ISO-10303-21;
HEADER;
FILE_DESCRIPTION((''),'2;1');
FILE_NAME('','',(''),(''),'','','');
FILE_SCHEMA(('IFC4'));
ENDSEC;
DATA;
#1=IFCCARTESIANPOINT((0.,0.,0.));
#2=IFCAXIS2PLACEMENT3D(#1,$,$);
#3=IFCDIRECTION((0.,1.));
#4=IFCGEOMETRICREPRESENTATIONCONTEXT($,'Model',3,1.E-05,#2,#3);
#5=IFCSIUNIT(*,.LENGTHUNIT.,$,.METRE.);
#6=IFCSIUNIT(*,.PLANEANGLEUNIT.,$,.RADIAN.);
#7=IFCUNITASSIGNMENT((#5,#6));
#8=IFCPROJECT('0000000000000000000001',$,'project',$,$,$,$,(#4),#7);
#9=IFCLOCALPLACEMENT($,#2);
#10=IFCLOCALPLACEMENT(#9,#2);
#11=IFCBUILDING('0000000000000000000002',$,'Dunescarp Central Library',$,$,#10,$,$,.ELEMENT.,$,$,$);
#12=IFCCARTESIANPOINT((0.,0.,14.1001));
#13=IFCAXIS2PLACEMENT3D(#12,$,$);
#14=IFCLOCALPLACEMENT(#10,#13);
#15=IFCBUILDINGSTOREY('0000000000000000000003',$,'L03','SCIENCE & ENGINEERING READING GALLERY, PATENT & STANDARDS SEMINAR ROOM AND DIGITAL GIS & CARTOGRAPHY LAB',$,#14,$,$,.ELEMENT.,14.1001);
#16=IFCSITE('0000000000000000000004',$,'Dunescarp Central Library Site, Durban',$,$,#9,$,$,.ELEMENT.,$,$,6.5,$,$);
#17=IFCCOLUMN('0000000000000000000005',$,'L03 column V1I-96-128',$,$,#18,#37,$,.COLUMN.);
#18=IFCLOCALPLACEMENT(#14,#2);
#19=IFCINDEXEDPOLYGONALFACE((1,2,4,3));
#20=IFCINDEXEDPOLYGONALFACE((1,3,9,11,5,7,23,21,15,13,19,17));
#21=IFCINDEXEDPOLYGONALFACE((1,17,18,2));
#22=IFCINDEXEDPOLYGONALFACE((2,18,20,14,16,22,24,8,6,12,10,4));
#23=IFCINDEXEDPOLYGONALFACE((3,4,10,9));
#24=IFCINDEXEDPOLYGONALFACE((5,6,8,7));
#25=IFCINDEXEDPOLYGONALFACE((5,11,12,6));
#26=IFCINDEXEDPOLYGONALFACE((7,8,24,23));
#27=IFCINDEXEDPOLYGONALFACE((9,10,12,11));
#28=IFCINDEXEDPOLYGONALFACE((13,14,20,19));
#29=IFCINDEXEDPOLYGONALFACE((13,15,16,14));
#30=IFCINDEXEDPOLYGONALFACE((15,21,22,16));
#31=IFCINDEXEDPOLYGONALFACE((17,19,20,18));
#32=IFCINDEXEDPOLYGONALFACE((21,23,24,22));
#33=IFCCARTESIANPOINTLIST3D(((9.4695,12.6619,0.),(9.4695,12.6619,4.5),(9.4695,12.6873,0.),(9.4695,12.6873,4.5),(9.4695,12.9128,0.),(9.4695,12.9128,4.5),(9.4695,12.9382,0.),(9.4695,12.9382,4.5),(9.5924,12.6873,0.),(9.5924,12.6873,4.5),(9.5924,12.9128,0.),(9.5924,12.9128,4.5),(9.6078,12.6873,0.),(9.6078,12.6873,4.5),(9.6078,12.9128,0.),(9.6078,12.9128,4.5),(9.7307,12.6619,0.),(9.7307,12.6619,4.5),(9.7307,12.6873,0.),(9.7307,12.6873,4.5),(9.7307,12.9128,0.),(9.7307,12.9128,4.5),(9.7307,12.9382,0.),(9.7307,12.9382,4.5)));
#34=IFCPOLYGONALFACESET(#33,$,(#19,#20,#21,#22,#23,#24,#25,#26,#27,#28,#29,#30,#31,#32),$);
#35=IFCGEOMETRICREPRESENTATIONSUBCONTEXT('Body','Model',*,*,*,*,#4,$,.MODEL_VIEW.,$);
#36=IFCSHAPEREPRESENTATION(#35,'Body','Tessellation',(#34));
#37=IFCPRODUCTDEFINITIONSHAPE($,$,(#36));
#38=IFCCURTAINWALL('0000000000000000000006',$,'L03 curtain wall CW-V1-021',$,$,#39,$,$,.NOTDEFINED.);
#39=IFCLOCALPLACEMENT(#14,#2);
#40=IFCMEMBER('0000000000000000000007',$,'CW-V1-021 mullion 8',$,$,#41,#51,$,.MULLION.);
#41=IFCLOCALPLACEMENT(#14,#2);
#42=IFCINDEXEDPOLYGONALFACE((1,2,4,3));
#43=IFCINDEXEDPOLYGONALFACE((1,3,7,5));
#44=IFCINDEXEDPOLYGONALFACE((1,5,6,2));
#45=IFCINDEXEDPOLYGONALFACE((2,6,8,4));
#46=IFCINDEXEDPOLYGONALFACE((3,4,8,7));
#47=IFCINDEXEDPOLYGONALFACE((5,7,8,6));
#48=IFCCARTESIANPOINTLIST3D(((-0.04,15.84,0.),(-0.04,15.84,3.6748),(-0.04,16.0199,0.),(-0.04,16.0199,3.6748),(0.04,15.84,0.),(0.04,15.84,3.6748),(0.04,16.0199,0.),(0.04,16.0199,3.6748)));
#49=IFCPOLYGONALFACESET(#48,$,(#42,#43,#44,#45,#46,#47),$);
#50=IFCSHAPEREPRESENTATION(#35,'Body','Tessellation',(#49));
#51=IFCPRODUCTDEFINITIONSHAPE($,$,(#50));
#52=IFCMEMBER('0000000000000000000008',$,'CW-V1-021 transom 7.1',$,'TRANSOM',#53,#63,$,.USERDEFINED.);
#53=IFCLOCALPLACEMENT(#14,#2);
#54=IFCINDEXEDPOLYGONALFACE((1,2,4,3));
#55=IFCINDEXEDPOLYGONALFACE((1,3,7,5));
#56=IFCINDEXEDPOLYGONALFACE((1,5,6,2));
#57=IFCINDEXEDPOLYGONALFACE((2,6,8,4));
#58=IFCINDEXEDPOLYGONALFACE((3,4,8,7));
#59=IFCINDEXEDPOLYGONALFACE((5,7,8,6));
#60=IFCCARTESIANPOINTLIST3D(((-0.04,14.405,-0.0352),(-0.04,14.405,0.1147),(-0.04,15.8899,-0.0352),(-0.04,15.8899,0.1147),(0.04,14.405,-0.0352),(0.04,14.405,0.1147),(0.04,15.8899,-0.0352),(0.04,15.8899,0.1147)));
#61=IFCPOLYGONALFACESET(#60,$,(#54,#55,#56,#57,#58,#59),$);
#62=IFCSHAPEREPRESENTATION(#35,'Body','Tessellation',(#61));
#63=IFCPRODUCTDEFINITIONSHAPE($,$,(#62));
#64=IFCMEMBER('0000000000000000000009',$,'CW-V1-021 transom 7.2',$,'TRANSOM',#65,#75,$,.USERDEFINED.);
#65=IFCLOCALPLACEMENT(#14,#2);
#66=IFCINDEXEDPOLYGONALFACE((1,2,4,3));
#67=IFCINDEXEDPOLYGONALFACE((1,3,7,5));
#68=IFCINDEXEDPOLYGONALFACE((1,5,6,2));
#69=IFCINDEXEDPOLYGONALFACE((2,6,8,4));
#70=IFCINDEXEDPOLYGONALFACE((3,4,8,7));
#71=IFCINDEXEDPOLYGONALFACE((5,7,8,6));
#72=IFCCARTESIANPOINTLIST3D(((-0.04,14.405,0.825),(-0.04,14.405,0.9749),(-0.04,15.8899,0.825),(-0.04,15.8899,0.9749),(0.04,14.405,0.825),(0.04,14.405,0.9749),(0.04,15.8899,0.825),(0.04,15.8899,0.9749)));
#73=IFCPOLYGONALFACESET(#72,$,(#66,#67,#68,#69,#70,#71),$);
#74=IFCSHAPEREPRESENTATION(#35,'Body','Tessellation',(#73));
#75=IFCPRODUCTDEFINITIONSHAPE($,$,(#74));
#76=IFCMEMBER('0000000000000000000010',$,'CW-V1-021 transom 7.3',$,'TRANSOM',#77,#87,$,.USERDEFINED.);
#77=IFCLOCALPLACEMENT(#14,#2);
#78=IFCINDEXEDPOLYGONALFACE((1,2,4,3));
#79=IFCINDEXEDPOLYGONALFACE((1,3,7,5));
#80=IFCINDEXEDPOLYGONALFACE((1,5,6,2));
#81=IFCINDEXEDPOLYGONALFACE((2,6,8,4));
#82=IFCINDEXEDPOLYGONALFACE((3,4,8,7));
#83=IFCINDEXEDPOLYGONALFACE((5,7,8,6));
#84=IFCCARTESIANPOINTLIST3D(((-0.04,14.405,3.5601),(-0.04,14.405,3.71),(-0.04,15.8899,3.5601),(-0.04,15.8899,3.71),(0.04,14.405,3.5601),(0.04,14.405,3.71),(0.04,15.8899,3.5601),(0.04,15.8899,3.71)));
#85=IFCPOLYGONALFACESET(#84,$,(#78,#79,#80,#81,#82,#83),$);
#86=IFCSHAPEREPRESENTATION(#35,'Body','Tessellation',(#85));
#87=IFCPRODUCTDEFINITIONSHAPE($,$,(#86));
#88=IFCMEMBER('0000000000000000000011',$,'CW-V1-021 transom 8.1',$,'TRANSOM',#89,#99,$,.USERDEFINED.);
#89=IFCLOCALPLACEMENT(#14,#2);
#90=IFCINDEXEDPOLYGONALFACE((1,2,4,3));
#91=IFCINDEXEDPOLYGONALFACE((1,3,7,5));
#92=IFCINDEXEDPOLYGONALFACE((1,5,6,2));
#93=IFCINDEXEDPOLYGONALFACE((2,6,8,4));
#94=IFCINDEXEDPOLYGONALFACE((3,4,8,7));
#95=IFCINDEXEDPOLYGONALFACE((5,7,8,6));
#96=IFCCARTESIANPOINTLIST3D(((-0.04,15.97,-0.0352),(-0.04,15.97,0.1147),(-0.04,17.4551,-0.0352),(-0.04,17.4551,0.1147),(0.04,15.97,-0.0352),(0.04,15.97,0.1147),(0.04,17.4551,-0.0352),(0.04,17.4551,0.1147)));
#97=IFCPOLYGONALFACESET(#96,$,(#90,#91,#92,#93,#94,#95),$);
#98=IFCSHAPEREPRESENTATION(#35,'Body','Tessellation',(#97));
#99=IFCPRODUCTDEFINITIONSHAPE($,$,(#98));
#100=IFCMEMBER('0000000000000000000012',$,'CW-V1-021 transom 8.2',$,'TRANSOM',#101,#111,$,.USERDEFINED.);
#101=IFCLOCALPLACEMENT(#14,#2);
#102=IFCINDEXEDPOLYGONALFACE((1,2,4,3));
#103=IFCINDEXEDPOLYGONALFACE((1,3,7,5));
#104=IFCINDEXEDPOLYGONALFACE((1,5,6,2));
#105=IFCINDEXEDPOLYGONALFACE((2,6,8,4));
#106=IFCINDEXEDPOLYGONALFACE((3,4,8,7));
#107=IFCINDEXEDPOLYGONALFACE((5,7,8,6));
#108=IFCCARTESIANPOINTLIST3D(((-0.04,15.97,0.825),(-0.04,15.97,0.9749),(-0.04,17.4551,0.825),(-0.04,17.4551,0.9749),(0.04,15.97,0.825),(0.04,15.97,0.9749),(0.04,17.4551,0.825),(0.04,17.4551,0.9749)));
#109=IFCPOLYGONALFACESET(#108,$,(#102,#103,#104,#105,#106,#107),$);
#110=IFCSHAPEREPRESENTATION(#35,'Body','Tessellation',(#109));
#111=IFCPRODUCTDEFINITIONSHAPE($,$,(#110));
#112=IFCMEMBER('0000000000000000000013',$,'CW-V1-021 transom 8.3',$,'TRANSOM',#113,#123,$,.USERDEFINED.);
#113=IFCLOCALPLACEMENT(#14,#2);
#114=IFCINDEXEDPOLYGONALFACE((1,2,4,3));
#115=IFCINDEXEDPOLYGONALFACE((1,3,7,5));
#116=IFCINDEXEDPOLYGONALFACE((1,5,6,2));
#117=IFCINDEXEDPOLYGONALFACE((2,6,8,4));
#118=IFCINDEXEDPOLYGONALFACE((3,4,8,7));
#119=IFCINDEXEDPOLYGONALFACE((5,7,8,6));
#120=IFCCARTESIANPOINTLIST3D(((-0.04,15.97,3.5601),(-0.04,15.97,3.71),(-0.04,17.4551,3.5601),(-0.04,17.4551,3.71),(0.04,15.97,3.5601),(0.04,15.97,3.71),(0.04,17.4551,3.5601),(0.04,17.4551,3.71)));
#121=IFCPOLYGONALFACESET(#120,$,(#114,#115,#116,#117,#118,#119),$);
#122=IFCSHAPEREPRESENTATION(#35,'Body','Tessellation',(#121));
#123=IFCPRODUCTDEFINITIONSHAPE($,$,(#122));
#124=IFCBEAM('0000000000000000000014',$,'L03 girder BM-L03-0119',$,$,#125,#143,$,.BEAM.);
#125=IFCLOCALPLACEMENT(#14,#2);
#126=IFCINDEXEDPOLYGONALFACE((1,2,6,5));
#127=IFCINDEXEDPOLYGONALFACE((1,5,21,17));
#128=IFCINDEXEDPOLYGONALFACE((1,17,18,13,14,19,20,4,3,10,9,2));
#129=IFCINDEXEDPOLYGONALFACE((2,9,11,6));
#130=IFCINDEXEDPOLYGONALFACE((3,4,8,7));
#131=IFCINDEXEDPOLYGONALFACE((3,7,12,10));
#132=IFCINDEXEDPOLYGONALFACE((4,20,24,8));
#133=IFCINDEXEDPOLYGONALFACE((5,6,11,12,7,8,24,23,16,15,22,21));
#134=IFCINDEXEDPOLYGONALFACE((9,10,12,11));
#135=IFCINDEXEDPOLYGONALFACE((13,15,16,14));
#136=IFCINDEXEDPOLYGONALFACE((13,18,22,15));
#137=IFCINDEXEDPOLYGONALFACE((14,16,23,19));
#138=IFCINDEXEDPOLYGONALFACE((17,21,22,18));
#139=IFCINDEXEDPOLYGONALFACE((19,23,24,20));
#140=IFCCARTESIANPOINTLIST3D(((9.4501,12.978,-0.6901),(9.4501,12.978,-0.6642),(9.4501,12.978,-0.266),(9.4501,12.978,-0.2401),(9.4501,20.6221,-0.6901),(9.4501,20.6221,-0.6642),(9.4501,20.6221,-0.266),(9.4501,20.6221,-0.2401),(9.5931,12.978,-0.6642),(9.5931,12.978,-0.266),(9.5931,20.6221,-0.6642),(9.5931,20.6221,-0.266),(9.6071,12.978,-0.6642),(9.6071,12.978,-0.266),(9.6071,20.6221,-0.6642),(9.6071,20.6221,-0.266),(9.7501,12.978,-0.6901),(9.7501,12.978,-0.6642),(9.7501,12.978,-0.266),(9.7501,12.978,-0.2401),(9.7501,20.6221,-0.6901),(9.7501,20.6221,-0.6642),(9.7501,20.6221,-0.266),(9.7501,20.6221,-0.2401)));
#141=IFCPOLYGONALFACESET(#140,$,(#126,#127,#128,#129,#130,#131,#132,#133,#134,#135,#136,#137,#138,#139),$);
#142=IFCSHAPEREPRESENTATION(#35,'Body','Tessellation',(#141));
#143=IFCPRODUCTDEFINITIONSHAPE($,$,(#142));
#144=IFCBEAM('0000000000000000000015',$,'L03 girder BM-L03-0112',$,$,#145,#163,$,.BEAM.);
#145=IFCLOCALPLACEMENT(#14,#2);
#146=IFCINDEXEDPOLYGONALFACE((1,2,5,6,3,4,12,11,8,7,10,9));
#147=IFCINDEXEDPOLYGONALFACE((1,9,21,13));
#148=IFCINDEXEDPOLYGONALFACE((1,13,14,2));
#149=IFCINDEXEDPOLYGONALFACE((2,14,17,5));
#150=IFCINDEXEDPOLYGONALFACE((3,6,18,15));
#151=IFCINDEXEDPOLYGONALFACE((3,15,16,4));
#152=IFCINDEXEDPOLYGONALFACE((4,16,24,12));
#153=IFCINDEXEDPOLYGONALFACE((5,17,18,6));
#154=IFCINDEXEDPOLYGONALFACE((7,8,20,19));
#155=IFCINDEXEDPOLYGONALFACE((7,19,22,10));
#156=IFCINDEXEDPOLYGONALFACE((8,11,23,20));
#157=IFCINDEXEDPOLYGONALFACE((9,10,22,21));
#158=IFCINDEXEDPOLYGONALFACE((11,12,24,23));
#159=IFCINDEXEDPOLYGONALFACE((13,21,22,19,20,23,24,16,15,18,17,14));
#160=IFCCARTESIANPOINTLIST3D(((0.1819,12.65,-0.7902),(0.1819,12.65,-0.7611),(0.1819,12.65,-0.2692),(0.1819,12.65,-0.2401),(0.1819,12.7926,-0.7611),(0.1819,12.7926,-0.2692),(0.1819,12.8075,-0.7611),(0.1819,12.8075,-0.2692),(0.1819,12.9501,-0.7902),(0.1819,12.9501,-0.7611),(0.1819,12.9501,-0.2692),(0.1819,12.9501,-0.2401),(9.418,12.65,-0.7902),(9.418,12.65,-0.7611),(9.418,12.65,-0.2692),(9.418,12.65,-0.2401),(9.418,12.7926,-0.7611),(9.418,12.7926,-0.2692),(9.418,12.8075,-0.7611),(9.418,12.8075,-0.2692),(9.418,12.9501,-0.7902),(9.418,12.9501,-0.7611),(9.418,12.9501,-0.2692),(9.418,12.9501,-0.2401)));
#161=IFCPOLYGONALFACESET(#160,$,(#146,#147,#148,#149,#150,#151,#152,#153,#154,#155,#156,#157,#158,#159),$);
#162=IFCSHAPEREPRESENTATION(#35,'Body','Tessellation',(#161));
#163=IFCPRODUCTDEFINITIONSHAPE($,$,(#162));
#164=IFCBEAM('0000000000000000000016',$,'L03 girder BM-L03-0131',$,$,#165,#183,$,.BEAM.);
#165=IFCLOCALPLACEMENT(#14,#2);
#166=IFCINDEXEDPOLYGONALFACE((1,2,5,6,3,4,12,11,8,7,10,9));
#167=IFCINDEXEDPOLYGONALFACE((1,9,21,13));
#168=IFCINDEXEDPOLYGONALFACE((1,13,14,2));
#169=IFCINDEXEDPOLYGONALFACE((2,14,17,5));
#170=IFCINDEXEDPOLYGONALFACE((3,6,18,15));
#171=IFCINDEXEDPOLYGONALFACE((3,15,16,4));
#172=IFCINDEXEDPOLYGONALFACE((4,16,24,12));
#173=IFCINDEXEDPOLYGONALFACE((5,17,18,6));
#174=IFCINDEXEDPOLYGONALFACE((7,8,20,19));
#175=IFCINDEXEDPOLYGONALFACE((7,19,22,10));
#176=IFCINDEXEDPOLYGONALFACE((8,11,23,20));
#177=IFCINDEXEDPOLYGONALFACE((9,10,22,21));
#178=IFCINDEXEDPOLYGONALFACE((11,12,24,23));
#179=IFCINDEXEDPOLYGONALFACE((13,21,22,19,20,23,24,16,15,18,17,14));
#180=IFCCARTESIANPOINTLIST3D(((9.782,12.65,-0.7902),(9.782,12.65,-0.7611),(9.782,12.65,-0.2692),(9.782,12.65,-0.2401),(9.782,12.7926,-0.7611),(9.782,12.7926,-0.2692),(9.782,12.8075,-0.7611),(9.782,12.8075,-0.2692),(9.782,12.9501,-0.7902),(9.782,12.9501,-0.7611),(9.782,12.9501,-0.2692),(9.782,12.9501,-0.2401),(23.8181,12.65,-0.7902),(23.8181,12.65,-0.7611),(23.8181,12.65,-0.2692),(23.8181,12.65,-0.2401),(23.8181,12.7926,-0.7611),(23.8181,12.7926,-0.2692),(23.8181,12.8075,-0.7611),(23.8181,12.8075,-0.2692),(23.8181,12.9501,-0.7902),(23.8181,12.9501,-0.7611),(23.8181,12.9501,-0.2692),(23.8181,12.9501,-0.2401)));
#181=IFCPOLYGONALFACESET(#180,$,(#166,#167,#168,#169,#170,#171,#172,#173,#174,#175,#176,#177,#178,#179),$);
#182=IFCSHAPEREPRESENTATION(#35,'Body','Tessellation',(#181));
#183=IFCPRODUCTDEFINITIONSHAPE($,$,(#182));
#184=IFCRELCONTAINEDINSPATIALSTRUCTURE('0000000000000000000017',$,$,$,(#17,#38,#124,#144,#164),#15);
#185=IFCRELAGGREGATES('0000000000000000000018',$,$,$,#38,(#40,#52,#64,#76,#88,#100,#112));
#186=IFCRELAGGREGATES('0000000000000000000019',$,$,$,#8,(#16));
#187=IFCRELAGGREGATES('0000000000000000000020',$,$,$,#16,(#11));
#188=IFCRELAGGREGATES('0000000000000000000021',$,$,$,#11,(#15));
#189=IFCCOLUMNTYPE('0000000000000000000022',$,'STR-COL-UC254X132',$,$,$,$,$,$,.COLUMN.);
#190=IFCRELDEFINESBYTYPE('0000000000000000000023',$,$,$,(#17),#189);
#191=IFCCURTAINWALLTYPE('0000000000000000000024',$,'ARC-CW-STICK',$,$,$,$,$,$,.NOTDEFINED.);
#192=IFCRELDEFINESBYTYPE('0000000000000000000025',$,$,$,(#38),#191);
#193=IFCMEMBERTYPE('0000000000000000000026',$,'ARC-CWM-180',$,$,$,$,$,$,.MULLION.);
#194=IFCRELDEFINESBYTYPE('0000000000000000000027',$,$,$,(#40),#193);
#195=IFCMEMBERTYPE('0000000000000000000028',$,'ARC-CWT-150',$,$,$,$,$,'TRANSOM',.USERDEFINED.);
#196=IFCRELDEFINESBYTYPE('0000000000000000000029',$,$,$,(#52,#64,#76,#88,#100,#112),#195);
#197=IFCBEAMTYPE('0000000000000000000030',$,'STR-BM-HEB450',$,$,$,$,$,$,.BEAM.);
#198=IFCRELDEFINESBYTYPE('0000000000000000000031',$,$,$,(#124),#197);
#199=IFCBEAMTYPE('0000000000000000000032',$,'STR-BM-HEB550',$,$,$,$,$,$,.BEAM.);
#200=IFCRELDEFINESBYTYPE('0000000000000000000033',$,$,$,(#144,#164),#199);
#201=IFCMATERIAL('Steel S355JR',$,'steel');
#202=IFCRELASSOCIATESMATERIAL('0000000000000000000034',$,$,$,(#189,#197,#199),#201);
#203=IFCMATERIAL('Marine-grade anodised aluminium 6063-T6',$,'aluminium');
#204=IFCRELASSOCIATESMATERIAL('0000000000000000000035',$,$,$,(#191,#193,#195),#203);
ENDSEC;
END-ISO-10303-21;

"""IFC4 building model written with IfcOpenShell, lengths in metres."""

from ifc_helpers import new_model, si_unit, direction, frame, origin, origin_2d, place, context, subcontext, project, spatial, rectangle, i_section, extrude, material, material_profile, profile_set, type_object, element, aggregate, save


model = new_model("IFC4")

# Units and contexts
model_context = context("Model", 3, precision=1e-05, world=origin(), true_north=direction((0.0, 1.0)))
body_context = subcontext(model_context, "Body", "Model", "MODEL_VIEW")
ifc_project = project(units=[si_unit("LENGTHUNIT", "METRE"), si_unit("PLANEANGLEUNIT", "RADIAN")], contexts=[model_context])

# Site, building, storey
site_placement = place(None, origin())
site = spatial("IfcSite", under=ifc_project, at=site_placement, Name="Dunescarp Central Library Site, Durban", CompositionType="ELEMENT", RefElevation=6.5)
building_placement = place(site_placement, origin())
building = spatial("IfcBuilding", under=site, at=building_placement, Name="Dunescarp Central Library", CompositionType="ELEMENT")
storey_placement = place(building_placement, frame((0.0, 0.0, 14.1001)))
storey = spatial("IfcBuildingStorey", under=building, at=storey_placement, Name="L03", Description="SCIENCE & ENGINEERING READING GALLERY, PATENT & STANDARDS SEMINAR ROOM AND DIGITAL GIS & CARTOGRAPHY LAB", CompositionType="ELEMENT", Elevation=14.1001)

# Column
ifc_material_1 = material(Name="Steel S355JR", Category="steel")
ifc_material_profile_1 = material_profile(ifc_material_1, i_section(OverallWidth=0.2612, OverallDepth=0.2764, WebThickness=0.0154, FlangeThickness=0.0254, at=origin_2d()), Name="UC 254x254x132")
ifc_profile_set_1 = profile_set([ifc_material_profile_1], Name="Steel S355JR")
column_type = type_object("IfcColumnType", Name="STR-COL-UC254X132", PredefinedType="COLUMN", material=ifc_profile_set_1)
column_placement = place(storey_placement, frame((9.6001, 12.8, 0.0), z_axis=(0.0, 0.0, 1.0), x_axis=(1.0, 0.0, 0.0)))
element("IfcColumn", 1, at=column_placement, inside=storey, type_object=column_type, Name="L03 column V1I-96-128", PredefinedType="COLUMN", context=body_context, shape_type="SweptSolid", body=[
    extrude(i_section(OverallWidth=0.2612, OverallDepth=0.2764, WebThickness=0.0154, FlangeThickness=0.0254, at=origin_2d()), origin(), (0.0, 0.0, 1.0), 4.5),
])

# Curtain wall, members
ifc_material_2 = material(Name="Marine-grade anodised aluminium 6063-T6", Category="aluminium")
curtain_wall_type = type_object("IfcCurtainWallType", Name="ARC-CW-STICK", PredefinedType="NOTDEFINED", material=ifc_material_2)
curtain_wall_placement = place(storey_placement, origin())
curtain_wall = element("IfcCurtainWall", 2, at=curtain_wall_placement, inside=storey, type_object=curtain_wall_type, Name="L03 curtain wall CW-V1-021", PredefinedType="NOTDEFINED")
ifc_material_profile_2 = material_profile(ifc_material_2, rectangle(XDim=0.0801, YDim=0.1799, at=origin_2d()), Name="AL 80x180")
ifc_profile_set_2 = profile_set([ifc_material_profile_2], Name="Marine-grade anodised aluminium 6063-T6")
member_type_1 = type_object("IfcMemberType", Name="ARC-CWM-180", PredefinedType="MULLION", material=ifc_profile_set_2)
member_1_placement = place(storey_placement, frame((0.0, 15.9299, 0.0), z_axis=(0.0, 0.0, 1.0), x_axis=(-1.0, 0.0, 0.0)))
member_1 = element("IfcMember", 3, at=member_1_placement, type_object=member_type_1, Name="CW-V1-021 mullion 8", PredefinedType="MULLION", context=body_context, shape_type="SweptSolid", body=[
    extrude(rectangle(XDim=0.0801, YDim=0.1799, at=origin_2d()), origin(), (0.0, 0.0, 1.0), 3.6748),
])
ifc_material_profile_3 = material_profile(ifc_material_2, rectangle(XDim=0.0801, YDim=0.1499, at=origin_2d()), Name="AL 80x150")
ifc_profile_set_3 = profile_set([ifc_material_profile_3], Name="Marine-grade anodised aluminium 6063-T6")
member_type_2 = type_object("IfcMemberType", Name="ARC-CWT-150", ElementType="TRANSOM", PredefinedType="USERDEFINED", material=ifc_profile_set_3)
member_2_placement = place(storey_placement, frame((0.0, 14.405, 0.0398), z_axis=(0.0, 1.0, 0.0), x_axis=(-1.0, 0.0, 0.0)))
member_2 = element("IfcMember", 4, at=member_2_placement, type_object=member_type_2, Name="CW-V1-021 transom 7.1", ObjectType="TRANSOM", PredefinedType="USERDEFINED", context=body_context, shape_type="SweptSolid", body=[
    extrude(rectangle(XDim=0.0801, YDim=0.1499, at=origin_2d()), origin(), (0.0, 0.0, 1.0), 1.4849),
])
member_3_placement = place(storey_placement, frame((0.0, 14.405, 0.8999), z_axis=(0.0, 1.0, 0.0), x_axis=(-1.0, 0.0, 0.0)))
member_3 = element("IfcMember", 5, at=member_3_placement, type_object=member_type_2, Name="CW-V1-021 transom 7.2", ObjectType="TRANSOM", PredefinedType="USERDEFINED", context=body_context, shape_type="SweptSolid", body=[
    extrude(rectangle(XDim=0.0801, YDim=0.1499, at=origin_2d()), origin(), (0.0, 0.0, 1.0), 1.4849),
])
member_4_placement = place(storey_placement, frame((0.0, 14.405, 3.635), z_axis=(0.0, 1.0, 0.0), x_axis=(-1.0, 0.0, 0.0)))
member_4 = element("IfcMember", 6, at=member_4_placement, type_object=member_type_2, Name="CW-V1-021 transom 7.3", ObjectType="TRANSOM", PredefinedType="USERDEFINED", context=body_context, shape_type="SweptSolid", body=[
    extrude(rectangle(XDim=0.0801, YDim=0.1499, at=origin_2d()), origin(), (0.0, 0.0, 1.0), 1.4849),
])
member_5_placement = place(storey_placement, frame((0.0, 15.97, 0.0398), z_axis=(0.0, 1.0, 0.0), x_axis=(-1.0, 0.0, 0.0)))
member_5 = element("IfcMember", 7, at=member_5_placement, type_object=member_type_2, Name="CW-V1-021 transom 8.1", ObjectType="TRANSOM", PredefinedType="USERDEFINED", context=body_context, shape_type="SweptSolid", body=[
    extrude(rectangle(XDim=0.0801, YDim=0.1499, at=origin_2d()), origin(), (0.0, 0.0, 1.0), 1.4851),
])
member_6_placement = place(storey_placement, frame((0.0, 15.97, 0.8999), z_axis=(0.0, 1.0, 0.0), x_axis=(-1.0, 0.0, 0.0)))
member_6 = element("IfcMember", 8, at=member_6_placement, type_object=member_type_2, Name="CW-V1-021 transom 8.2", ObjectType="TRANSOM", PredefinedType="USERDEFINED", context=body_context, shape_type="SweptSolid", body=[
    extrude(rectangle(XDim=0.0801, YDim=0.1499, at=origin_2d()), origin(), (0.0, 0.0, 1.0), 1.4851),
])
member_7_placement = place(storey_placement, frame((0.0, 15.97, 3.635), z_axis=(0.0, 1.0, 0.0), x_axis=(-1.0, 0.0, 0.0)))
member_7 = element("IfcMember", 9, at=member_7_placement, type_object=member_type_2, Name="CW-V1-021 transom 8.3", ObjectType="TRANSOM", PredefinedType="USERDEFINED", context=body_context, shape_type="SweptSolid", body=[
    extrude(rectangle(XDim=0.0801, YDim=0.1499, at=origin_2d()), origin(), (0.0, 0.0, 1.0), 1.4851),
])

# Beams
ifc_material_profile_4 = material_profile(ifc_material_1, i_section(OverallWidth=0.3, OverallDepth=0.45, WebThickness=0.0139, FlangeThickness=0.0259, at=origin_2d()), Name="HEB 450")
ifc_profile_set_4 = profile_set([ifc_material_profile_4], Name="Steel S355JR")
beam_type_1 = type_object("IfcBeamType", Name="STR-BM-HEB450", PredefinedType="BEAM", material=ifc_profile_set_4)
beam_1_placement = place(storey_placement, frame((9.6001, 12.978, -0.4651), z_axis=(0.0, 1.0, 0.0), x_axis=(-1.0, 0.0, 0.0)))
element("IfcBeam", 10, at=beam_1_placement, inside=storey, type_object=beam_type_1, Name="L03 girder BM-L03-0119", PredefinedType="BEAM", context=body_context, shape_type="SweptSolid", body=[
    extrude(i_section(OverallWidth=0.3, OverallDepth=0.45, WebThickness=0.0139, FlangeThickness=0.0259, at=origin_2d()), origin(), (0.0, 0.0, 1.0), 7.644),
])
ifc_material_profile_5 = material_profile(ifc_material_1, i_section(OverallWidth=0.3, OverallDepth=0.55, WebThickness=0.0149, FlangeThickness=0.0291, at=origin_2d()), Name="HEB 550")
ifc_profile_set_5 = profile_set([ifc_material_profile_5], Name="Steel S355JR")
beam_type_2 = type_object("IfcBeamType", Name="STR-BM-HEB550", PredefinedType="BEAM", material=ifc_profile_set_5)
beam_2_placement = place(storey_placement, frame((0.1819, 12.8, -0.5151), z_axis=(1.0, 0.0, 0.0), x_axis=(0.0, 1.0, 0.0)))
element("IfcBeam", 11, at=beam_2_placement, inside=storey, type_object=beam_type_2, Name="L03 girder BM-L03-0112", PredefinedType="BEAM", context=body_context, shape_type="SweptSolid", body=[
    extrude(i_section(OverallWidth=0.3, OverallDepth=0.55, WebThickness=0.0149, FlangeThickness=0.0291, at=origin_2d()), origin(), (0.0, 0.0, 1.0), 9.2361),
])
beam_3_placement = place(storey_placement, frame((9.782, 12.8, -0.5151), z_axis=(1.0, 0.0, 0.0), x_axis=(0.0, 1.0, 0.0)))
element("IfcBeam", 12, at=beam_3_placement, inside=storey, type_object=beam_type_2, Name="L03 girder BM-L03-0131", PredefinedType="BEAM", context=body_context, shape_type="SweptSolid", body=[
    extrude(i_section(OverallWidth=0.3, OverallDepth=0.55, WebThickness=0.0149, FlangeThickness=0.0291, at=origin_2d()), origin(), (0.0, 0.0, 1.0), 14.0361),
])

aggregate(curtain_wall, [member_1, member_2, member_3, member_4, member_5, member_6, member_7])

save(model, "model.ifc")
